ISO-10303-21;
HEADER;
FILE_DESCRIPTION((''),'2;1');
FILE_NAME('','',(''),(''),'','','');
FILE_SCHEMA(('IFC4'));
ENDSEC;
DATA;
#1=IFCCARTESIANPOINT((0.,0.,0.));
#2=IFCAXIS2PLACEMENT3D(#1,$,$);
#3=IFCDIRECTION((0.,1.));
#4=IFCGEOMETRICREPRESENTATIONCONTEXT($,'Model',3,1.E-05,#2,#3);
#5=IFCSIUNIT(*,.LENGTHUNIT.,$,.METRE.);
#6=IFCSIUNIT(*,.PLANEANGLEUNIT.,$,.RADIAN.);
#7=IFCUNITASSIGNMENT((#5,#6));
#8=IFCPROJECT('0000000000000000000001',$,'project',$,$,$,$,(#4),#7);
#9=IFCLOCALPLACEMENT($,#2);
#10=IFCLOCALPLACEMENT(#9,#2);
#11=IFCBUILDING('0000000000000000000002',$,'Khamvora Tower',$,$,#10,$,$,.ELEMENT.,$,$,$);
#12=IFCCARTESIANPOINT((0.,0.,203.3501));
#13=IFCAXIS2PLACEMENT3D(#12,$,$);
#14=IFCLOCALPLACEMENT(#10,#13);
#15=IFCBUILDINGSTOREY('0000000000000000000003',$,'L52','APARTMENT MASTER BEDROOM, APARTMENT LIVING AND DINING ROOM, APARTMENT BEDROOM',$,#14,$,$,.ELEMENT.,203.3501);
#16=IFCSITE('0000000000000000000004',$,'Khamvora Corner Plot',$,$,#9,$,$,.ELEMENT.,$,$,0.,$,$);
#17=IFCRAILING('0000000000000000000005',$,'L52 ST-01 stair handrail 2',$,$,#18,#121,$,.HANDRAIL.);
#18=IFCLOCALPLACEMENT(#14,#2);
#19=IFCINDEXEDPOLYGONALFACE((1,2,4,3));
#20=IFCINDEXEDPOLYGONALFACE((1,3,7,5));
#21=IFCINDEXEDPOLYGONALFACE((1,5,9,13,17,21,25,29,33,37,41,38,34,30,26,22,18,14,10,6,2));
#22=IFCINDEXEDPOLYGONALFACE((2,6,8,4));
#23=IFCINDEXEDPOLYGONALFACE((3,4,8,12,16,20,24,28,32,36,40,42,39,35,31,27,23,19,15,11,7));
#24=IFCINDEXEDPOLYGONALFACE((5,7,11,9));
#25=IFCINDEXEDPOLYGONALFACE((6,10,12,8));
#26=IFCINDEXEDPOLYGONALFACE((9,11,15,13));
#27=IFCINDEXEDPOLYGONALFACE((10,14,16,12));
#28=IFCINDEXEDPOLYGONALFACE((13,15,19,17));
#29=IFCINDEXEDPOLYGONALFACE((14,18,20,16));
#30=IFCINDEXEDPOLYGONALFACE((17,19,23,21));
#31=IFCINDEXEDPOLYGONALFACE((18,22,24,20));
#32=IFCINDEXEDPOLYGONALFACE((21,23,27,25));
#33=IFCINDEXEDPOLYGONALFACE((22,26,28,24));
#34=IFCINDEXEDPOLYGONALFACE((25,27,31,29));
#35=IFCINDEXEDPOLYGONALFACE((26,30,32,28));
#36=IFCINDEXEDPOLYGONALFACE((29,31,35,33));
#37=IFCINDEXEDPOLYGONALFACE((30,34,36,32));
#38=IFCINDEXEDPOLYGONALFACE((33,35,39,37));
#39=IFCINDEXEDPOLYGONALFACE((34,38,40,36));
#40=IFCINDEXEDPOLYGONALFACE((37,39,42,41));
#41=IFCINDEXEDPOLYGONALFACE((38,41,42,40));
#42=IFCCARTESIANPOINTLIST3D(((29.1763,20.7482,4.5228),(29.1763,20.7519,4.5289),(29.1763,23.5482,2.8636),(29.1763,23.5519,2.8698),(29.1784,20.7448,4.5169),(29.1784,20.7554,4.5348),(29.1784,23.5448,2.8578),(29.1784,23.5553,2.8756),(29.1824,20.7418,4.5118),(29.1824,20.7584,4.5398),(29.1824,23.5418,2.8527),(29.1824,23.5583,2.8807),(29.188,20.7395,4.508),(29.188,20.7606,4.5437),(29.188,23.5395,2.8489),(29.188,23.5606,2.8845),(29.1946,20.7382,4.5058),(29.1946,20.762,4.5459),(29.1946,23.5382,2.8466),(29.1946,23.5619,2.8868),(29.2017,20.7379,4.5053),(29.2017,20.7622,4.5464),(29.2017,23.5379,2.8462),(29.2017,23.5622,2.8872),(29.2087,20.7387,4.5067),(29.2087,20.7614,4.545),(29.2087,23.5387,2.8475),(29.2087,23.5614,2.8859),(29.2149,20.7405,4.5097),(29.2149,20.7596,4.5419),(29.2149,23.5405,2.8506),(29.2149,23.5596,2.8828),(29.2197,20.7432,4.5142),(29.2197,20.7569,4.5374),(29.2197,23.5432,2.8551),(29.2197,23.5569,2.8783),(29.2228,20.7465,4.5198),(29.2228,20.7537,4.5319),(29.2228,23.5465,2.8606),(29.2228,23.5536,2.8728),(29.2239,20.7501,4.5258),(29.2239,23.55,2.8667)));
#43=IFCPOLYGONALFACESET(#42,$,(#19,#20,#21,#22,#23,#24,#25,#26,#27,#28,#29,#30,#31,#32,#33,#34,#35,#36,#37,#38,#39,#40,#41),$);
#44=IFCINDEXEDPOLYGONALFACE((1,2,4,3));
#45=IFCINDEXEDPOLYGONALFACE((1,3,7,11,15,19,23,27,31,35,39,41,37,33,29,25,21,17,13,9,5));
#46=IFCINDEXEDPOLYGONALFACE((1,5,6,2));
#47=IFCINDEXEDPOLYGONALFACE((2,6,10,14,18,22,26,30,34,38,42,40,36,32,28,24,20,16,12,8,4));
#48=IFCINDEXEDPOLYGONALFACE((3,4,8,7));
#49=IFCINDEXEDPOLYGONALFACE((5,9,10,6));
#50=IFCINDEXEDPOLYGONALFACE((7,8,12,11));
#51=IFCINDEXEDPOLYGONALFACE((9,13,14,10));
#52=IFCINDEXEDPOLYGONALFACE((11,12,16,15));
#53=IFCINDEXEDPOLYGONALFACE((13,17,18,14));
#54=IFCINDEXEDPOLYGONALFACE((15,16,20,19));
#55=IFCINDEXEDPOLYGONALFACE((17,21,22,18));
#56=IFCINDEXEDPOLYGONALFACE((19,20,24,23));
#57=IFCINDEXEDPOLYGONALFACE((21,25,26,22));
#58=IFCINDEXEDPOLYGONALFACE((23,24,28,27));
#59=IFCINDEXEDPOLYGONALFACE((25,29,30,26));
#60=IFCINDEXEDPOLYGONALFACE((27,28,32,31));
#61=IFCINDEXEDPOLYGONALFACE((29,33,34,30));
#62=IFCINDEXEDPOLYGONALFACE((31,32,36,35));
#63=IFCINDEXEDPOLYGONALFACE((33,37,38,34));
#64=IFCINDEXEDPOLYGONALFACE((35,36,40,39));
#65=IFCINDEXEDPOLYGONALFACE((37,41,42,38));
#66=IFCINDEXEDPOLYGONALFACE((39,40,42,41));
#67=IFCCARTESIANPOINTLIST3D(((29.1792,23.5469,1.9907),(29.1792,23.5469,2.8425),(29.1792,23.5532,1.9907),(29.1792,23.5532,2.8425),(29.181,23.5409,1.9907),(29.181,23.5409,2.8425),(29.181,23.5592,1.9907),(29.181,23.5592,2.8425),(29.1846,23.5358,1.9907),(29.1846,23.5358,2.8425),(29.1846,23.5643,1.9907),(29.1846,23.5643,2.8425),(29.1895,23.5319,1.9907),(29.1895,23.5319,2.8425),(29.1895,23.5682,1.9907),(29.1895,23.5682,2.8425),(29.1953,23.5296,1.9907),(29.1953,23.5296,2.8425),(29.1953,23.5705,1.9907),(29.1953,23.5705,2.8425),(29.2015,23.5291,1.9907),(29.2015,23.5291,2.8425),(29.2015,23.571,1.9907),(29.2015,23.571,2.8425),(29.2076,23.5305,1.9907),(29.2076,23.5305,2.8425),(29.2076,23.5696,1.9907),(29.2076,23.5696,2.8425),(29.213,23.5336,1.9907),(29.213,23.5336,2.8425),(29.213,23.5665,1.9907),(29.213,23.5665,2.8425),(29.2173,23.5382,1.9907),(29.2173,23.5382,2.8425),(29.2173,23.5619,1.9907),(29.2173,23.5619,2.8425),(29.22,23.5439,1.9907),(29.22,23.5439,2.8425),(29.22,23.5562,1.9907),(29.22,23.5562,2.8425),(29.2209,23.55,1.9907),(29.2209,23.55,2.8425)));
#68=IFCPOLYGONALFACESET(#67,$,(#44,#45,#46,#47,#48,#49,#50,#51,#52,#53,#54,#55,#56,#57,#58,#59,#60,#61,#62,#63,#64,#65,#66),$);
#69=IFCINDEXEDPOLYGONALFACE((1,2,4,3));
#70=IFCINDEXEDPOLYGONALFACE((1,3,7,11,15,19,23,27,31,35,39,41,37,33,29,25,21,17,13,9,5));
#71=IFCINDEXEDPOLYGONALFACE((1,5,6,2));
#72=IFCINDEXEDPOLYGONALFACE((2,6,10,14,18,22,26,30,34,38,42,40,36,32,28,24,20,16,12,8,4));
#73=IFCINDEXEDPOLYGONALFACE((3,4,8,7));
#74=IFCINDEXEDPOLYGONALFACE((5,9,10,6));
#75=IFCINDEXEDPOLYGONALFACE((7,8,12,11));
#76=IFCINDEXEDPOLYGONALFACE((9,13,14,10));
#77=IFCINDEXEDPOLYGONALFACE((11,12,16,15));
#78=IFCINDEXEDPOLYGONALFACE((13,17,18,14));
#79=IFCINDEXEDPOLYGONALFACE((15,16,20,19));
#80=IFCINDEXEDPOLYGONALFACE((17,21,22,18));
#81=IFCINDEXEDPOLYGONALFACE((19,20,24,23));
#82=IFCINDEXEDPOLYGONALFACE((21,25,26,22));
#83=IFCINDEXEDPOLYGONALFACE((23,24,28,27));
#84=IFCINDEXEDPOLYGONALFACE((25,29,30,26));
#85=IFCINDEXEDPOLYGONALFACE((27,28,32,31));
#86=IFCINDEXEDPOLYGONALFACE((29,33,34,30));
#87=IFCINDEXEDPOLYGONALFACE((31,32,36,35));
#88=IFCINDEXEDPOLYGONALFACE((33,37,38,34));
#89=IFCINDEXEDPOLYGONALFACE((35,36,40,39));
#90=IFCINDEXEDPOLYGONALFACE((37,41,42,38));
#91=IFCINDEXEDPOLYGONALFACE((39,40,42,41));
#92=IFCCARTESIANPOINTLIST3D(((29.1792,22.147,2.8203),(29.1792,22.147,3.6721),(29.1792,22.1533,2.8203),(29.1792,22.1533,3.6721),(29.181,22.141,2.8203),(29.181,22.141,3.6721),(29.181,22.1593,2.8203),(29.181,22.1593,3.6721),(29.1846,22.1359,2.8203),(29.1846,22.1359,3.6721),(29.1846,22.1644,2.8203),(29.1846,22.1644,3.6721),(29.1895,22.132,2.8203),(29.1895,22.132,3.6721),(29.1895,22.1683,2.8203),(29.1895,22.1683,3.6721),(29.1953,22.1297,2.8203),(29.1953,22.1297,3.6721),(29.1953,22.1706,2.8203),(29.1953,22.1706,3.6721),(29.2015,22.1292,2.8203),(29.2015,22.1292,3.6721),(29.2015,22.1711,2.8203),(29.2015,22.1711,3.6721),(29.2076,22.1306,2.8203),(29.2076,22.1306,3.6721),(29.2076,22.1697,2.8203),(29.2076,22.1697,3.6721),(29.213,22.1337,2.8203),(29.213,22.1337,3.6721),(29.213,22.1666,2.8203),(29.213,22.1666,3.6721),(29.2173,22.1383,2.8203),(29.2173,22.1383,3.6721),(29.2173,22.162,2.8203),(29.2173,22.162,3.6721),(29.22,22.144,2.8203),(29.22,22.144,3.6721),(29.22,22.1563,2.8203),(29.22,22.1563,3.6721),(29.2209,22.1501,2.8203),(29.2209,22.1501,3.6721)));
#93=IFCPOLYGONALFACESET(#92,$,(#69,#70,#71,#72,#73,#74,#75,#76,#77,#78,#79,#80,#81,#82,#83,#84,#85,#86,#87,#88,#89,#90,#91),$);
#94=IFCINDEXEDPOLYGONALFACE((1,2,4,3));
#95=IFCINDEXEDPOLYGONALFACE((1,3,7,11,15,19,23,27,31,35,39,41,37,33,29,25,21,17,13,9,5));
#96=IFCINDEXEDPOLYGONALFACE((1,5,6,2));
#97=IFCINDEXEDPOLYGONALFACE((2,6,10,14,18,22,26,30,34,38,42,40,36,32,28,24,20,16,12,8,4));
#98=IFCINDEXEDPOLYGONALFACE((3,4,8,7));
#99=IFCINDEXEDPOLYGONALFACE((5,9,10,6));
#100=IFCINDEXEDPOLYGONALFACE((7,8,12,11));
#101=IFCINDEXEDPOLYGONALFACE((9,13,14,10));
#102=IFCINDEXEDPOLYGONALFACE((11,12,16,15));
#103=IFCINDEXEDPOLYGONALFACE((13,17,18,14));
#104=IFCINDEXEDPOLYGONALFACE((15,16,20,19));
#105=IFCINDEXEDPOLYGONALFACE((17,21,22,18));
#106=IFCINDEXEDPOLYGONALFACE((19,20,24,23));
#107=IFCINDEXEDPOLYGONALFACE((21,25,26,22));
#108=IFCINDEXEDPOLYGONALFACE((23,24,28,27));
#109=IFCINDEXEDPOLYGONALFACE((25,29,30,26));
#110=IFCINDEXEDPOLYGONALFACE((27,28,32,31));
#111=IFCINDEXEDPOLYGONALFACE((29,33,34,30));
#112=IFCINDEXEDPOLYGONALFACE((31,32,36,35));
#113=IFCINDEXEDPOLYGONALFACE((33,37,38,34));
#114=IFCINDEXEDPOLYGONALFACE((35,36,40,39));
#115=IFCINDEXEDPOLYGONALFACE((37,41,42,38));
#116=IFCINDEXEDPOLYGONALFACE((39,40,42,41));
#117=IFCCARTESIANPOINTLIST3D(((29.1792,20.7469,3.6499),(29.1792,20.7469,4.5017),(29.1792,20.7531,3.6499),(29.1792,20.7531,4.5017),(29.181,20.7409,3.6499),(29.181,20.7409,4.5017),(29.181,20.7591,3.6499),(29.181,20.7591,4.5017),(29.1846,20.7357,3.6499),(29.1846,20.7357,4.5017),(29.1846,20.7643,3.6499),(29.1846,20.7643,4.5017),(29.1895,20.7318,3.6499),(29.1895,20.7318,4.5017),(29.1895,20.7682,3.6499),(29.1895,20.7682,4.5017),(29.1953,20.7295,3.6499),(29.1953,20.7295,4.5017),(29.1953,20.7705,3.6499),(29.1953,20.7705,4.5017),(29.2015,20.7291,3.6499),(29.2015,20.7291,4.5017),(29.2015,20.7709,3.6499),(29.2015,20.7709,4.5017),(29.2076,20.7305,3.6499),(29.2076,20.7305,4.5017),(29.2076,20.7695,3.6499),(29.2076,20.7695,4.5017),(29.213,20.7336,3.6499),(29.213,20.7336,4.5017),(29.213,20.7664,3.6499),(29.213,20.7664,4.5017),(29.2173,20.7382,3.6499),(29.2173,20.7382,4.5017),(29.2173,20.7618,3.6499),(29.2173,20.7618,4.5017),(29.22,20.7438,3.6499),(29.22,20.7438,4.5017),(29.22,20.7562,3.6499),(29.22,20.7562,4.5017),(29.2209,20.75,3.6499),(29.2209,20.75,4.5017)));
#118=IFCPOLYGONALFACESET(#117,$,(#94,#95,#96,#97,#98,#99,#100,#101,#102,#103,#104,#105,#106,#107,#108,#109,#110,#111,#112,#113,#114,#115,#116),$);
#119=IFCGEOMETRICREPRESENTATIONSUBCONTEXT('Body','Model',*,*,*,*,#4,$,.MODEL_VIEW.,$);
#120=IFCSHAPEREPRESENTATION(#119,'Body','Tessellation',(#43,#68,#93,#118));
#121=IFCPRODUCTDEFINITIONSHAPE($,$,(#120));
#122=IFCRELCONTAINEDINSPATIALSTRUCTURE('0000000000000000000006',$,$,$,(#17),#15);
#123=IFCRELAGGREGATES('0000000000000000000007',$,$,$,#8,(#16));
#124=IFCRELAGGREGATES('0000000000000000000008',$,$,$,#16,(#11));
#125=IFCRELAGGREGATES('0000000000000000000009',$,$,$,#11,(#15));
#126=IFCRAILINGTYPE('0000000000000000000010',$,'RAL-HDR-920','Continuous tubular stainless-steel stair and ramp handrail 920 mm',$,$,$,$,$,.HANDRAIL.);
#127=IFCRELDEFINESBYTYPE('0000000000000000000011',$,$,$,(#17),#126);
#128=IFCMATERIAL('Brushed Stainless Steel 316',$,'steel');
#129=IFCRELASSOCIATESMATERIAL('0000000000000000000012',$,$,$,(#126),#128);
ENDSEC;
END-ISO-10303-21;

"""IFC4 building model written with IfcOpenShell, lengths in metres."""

from ifc_helpers import new_model, si_unit, direction, frame, origin, origin_2d, place, context, subcontext, project, spatial, circle, extrude, material, type_object, element, save


model = new_model("IFC4")

# Units and contexts
model_context = context("Model", 3, precision=1e-05, world=origin(), true_north=direction((0.0, 1.0)))
body_context = subcontext(model_context, "Body", "Model", "MODEL_VIEW")
ifc_project = project(units=[si_unit("LENGTHUNIT", "METRE"), si_unit("PLANEANGLEUNIT", "RADIAN")], contexts=[model_context])

# Site, building, storey
site_placement = place(None, origin())
site = spatial("IfcSite", under=ifc_project, at=site_placement, Name="Khamvora Corner Plot", CompositionType="ELEMENT", RefElevation=0.0)
building_placement = place(site_placement, origin())
building = spatial("IfcBuilding", under=site, at=building_placement, Name="Khamvora Tower", CompositionType="ELEMENT")
storey_placement = place(building_placement, frame((0.0, 0.0, 203.3501)))
storey = spatial("IfcBuildingStorey", under=building, at=storey_placement, Name="L52", Description="APARTMENT MASTER BEDROOM, APARTMENT LIVING AND DINING ROOM, APARTMENT BEDROOM", CompositionType="ELEMENT", Elevation=203.3501)

# Railing
ifc_material_1 = material(Name="Brushed Stainless Steel 316", Category="steel")
railing_type_1 = type_object("IfcRailingType", Name="RAL-HDR-920", Description="Continuous tubular stainless-steel stair and ramp handrail 920 mm", PredefinedType="HANDRAIL", material=ifc_material_1)
railing_1_placement = place(storey_placement, frame((29.2, 23.55, 1.9907)))
element("IfcRailing", 1, at=railing_1_placement, inside=storey, type_object=railing_type_1, Name="L52 ST-01 stair handrail 2", PredefinedType="HANDRAIL", context=body_context, shape_type="SweptSolid", body=[
    extrude(circle(Radius=0.0239, at=origin_2d()), frame((0.0, 0.0, 0.876), z_axis=(0.0, -0.860306, 0.509778), x_axis=(1.0, 0.0, 0.0)), (0.0, 0.0, 1.0), 3.2546),
    extrude(circle(Radius=0.021, at=origin_2d()), origin(), (0.0, 0.0, 1.0), 0.8518),
    extrude(circle(Radius=0.021, at=origin_2d()), frame((0.0, -1.3999, 0.8296)), (0.0, 0.0, 1.0), 0.8518),
    extrude(circle(Radius=0.021, at=origin_2d()), frame((0.0, -2.8, 1.6592)), (0.0, 0.0, 1.0), 0.8518),
])

save(model, "model.ifc")
